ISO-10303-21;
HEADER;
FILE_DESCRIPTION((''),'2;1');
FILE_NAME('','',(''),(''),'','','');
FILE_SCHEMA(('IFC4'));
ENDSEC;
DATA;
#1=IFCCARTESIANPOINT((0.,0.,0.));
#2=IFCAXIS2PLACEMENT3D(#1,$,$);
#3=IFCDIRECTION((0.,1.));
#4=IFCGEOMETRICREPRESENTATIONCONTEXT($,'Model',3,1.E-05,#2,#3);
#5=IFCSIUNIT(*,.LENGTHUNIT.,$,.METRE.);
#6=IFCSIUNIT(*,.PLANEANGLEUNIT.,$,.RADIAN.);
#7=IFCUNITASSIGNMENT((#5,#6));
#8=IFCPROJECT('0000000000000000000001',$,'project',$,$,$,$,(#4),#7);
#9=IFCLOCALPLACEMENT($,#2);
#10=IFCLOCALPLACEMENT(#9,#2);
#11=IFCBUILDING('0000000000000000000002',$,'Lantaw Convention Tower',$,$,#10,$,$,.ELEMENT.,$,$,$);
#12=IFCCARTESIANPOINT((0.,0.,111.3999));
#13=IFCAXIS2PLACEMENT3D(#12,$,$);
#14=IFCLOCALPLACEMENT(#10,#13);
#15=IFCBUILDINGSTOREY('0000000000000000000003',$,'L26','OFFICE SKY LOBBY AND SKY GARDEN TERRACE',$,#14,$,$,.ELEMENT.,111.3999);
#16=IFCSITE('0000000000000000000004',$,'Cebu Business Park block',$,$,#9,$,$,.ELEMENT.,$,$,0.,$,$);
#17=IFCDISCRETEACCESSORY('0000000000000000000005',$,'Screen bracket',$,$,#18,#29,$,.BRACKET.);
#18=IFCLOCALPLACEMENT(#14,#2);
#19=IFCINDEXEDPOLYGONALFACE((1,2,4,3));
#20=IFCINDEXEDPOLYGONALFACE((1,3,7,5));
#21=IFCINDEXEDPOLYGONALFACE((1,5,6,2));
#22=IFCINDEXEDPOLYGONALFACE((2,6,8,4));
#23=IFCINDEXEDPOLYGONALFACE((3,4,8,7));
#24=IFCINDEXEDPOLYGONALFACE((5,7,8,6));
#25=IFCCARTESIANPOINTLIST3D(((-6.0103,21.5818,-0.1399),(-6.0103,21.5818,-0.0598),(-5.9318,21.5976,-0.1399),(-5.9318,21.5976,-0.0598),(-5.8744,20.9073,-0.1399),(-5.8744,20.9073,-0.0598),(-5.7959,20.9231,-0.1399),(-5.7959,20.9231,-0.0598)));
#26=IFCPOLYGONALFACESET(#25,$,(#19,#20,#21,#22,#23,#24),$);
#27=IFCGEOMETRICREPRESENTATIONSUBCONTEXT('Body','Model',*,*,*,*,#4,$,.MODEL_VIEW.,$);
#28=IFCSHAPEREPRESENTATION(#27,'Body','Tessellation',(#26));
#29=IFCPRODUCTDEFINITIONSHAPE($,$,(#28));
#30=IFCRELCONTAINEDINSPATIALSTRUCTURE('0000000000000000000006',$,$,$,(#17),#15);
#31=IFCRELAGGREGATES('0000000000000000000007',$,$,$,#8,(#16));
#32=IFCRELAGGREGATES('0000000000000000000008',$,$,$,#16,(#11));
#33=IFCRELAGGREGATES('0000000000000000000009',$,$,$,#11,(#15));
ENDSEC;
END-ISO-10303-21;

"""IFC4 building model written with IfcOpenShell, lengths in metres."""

from ifc_helpers import new_model, si_unit, direction, frame, origin, origin_2d, place, context, subcontext, project, spatial, rectangle, extrude, element, save


model = new_model("IFC4")

# Units and contexts
model_context = context("Model", 3, precision=1e-05, world=origin(), true_north=direction((0.0, 1.0)))
body_context = subcontext(model_context, "Body", "Model", "MODEL_VIEW")
ifc_project = project(units=[si_unit("LENGTHUNIT", "METRE"), si_unit("PLANEANGLEUNIT", "RADIAN")], contexts=[model_context])

# Site, building, storey
site_placement = place(None, origin())
site = spatial("IfcSite", under=ifc_project, at=site_placement, Name="Cebu Business Park block", CompositionType="ELEMENT", RefElevation=0.0)
building_placement = place(site_placement, origin())
building = spatial("IfcBuilding", under=site, at=building_placement, Name="Lantaw Convention Tower", CompositionType="ELEMENT")
storey_placement = place(building_placement, frame((0.0, 0.0, 111.3999)))
storey = spatial("IfcBuildingStorey", under=building, at=storey_placement, Name="L26", Description="OFFICE SKY LOBBY AND SKY GARDEN TERRACE", CompositionType="ELEMENT", Elevation=111.3999)

# Discrete accessory
for number, where, z_axis, x_axis, name in (
    (1, (-5.9031, 21.2524, -0.1399), (0.0, 0.0, 1.0), (-0.980302, -0.197507, 0.0), "Screen bracket"),
):
    element("IfcDiscreteAccessory", number, at=place(storey_placement, frame(where, z_axis=z_axis, x_axis=x_axis)), inside=storey, Name=name, PredefinedType="BRACKET", context=body_context, shape_type="SweptSolid", body=[
        extrude(rectangle(XDim=0.0801, YDim=0.688, at=origin_2d()), origin(), (0.0, 0.0, 1.0), 0.0801),
    ])

save(model, "model.ifc")
